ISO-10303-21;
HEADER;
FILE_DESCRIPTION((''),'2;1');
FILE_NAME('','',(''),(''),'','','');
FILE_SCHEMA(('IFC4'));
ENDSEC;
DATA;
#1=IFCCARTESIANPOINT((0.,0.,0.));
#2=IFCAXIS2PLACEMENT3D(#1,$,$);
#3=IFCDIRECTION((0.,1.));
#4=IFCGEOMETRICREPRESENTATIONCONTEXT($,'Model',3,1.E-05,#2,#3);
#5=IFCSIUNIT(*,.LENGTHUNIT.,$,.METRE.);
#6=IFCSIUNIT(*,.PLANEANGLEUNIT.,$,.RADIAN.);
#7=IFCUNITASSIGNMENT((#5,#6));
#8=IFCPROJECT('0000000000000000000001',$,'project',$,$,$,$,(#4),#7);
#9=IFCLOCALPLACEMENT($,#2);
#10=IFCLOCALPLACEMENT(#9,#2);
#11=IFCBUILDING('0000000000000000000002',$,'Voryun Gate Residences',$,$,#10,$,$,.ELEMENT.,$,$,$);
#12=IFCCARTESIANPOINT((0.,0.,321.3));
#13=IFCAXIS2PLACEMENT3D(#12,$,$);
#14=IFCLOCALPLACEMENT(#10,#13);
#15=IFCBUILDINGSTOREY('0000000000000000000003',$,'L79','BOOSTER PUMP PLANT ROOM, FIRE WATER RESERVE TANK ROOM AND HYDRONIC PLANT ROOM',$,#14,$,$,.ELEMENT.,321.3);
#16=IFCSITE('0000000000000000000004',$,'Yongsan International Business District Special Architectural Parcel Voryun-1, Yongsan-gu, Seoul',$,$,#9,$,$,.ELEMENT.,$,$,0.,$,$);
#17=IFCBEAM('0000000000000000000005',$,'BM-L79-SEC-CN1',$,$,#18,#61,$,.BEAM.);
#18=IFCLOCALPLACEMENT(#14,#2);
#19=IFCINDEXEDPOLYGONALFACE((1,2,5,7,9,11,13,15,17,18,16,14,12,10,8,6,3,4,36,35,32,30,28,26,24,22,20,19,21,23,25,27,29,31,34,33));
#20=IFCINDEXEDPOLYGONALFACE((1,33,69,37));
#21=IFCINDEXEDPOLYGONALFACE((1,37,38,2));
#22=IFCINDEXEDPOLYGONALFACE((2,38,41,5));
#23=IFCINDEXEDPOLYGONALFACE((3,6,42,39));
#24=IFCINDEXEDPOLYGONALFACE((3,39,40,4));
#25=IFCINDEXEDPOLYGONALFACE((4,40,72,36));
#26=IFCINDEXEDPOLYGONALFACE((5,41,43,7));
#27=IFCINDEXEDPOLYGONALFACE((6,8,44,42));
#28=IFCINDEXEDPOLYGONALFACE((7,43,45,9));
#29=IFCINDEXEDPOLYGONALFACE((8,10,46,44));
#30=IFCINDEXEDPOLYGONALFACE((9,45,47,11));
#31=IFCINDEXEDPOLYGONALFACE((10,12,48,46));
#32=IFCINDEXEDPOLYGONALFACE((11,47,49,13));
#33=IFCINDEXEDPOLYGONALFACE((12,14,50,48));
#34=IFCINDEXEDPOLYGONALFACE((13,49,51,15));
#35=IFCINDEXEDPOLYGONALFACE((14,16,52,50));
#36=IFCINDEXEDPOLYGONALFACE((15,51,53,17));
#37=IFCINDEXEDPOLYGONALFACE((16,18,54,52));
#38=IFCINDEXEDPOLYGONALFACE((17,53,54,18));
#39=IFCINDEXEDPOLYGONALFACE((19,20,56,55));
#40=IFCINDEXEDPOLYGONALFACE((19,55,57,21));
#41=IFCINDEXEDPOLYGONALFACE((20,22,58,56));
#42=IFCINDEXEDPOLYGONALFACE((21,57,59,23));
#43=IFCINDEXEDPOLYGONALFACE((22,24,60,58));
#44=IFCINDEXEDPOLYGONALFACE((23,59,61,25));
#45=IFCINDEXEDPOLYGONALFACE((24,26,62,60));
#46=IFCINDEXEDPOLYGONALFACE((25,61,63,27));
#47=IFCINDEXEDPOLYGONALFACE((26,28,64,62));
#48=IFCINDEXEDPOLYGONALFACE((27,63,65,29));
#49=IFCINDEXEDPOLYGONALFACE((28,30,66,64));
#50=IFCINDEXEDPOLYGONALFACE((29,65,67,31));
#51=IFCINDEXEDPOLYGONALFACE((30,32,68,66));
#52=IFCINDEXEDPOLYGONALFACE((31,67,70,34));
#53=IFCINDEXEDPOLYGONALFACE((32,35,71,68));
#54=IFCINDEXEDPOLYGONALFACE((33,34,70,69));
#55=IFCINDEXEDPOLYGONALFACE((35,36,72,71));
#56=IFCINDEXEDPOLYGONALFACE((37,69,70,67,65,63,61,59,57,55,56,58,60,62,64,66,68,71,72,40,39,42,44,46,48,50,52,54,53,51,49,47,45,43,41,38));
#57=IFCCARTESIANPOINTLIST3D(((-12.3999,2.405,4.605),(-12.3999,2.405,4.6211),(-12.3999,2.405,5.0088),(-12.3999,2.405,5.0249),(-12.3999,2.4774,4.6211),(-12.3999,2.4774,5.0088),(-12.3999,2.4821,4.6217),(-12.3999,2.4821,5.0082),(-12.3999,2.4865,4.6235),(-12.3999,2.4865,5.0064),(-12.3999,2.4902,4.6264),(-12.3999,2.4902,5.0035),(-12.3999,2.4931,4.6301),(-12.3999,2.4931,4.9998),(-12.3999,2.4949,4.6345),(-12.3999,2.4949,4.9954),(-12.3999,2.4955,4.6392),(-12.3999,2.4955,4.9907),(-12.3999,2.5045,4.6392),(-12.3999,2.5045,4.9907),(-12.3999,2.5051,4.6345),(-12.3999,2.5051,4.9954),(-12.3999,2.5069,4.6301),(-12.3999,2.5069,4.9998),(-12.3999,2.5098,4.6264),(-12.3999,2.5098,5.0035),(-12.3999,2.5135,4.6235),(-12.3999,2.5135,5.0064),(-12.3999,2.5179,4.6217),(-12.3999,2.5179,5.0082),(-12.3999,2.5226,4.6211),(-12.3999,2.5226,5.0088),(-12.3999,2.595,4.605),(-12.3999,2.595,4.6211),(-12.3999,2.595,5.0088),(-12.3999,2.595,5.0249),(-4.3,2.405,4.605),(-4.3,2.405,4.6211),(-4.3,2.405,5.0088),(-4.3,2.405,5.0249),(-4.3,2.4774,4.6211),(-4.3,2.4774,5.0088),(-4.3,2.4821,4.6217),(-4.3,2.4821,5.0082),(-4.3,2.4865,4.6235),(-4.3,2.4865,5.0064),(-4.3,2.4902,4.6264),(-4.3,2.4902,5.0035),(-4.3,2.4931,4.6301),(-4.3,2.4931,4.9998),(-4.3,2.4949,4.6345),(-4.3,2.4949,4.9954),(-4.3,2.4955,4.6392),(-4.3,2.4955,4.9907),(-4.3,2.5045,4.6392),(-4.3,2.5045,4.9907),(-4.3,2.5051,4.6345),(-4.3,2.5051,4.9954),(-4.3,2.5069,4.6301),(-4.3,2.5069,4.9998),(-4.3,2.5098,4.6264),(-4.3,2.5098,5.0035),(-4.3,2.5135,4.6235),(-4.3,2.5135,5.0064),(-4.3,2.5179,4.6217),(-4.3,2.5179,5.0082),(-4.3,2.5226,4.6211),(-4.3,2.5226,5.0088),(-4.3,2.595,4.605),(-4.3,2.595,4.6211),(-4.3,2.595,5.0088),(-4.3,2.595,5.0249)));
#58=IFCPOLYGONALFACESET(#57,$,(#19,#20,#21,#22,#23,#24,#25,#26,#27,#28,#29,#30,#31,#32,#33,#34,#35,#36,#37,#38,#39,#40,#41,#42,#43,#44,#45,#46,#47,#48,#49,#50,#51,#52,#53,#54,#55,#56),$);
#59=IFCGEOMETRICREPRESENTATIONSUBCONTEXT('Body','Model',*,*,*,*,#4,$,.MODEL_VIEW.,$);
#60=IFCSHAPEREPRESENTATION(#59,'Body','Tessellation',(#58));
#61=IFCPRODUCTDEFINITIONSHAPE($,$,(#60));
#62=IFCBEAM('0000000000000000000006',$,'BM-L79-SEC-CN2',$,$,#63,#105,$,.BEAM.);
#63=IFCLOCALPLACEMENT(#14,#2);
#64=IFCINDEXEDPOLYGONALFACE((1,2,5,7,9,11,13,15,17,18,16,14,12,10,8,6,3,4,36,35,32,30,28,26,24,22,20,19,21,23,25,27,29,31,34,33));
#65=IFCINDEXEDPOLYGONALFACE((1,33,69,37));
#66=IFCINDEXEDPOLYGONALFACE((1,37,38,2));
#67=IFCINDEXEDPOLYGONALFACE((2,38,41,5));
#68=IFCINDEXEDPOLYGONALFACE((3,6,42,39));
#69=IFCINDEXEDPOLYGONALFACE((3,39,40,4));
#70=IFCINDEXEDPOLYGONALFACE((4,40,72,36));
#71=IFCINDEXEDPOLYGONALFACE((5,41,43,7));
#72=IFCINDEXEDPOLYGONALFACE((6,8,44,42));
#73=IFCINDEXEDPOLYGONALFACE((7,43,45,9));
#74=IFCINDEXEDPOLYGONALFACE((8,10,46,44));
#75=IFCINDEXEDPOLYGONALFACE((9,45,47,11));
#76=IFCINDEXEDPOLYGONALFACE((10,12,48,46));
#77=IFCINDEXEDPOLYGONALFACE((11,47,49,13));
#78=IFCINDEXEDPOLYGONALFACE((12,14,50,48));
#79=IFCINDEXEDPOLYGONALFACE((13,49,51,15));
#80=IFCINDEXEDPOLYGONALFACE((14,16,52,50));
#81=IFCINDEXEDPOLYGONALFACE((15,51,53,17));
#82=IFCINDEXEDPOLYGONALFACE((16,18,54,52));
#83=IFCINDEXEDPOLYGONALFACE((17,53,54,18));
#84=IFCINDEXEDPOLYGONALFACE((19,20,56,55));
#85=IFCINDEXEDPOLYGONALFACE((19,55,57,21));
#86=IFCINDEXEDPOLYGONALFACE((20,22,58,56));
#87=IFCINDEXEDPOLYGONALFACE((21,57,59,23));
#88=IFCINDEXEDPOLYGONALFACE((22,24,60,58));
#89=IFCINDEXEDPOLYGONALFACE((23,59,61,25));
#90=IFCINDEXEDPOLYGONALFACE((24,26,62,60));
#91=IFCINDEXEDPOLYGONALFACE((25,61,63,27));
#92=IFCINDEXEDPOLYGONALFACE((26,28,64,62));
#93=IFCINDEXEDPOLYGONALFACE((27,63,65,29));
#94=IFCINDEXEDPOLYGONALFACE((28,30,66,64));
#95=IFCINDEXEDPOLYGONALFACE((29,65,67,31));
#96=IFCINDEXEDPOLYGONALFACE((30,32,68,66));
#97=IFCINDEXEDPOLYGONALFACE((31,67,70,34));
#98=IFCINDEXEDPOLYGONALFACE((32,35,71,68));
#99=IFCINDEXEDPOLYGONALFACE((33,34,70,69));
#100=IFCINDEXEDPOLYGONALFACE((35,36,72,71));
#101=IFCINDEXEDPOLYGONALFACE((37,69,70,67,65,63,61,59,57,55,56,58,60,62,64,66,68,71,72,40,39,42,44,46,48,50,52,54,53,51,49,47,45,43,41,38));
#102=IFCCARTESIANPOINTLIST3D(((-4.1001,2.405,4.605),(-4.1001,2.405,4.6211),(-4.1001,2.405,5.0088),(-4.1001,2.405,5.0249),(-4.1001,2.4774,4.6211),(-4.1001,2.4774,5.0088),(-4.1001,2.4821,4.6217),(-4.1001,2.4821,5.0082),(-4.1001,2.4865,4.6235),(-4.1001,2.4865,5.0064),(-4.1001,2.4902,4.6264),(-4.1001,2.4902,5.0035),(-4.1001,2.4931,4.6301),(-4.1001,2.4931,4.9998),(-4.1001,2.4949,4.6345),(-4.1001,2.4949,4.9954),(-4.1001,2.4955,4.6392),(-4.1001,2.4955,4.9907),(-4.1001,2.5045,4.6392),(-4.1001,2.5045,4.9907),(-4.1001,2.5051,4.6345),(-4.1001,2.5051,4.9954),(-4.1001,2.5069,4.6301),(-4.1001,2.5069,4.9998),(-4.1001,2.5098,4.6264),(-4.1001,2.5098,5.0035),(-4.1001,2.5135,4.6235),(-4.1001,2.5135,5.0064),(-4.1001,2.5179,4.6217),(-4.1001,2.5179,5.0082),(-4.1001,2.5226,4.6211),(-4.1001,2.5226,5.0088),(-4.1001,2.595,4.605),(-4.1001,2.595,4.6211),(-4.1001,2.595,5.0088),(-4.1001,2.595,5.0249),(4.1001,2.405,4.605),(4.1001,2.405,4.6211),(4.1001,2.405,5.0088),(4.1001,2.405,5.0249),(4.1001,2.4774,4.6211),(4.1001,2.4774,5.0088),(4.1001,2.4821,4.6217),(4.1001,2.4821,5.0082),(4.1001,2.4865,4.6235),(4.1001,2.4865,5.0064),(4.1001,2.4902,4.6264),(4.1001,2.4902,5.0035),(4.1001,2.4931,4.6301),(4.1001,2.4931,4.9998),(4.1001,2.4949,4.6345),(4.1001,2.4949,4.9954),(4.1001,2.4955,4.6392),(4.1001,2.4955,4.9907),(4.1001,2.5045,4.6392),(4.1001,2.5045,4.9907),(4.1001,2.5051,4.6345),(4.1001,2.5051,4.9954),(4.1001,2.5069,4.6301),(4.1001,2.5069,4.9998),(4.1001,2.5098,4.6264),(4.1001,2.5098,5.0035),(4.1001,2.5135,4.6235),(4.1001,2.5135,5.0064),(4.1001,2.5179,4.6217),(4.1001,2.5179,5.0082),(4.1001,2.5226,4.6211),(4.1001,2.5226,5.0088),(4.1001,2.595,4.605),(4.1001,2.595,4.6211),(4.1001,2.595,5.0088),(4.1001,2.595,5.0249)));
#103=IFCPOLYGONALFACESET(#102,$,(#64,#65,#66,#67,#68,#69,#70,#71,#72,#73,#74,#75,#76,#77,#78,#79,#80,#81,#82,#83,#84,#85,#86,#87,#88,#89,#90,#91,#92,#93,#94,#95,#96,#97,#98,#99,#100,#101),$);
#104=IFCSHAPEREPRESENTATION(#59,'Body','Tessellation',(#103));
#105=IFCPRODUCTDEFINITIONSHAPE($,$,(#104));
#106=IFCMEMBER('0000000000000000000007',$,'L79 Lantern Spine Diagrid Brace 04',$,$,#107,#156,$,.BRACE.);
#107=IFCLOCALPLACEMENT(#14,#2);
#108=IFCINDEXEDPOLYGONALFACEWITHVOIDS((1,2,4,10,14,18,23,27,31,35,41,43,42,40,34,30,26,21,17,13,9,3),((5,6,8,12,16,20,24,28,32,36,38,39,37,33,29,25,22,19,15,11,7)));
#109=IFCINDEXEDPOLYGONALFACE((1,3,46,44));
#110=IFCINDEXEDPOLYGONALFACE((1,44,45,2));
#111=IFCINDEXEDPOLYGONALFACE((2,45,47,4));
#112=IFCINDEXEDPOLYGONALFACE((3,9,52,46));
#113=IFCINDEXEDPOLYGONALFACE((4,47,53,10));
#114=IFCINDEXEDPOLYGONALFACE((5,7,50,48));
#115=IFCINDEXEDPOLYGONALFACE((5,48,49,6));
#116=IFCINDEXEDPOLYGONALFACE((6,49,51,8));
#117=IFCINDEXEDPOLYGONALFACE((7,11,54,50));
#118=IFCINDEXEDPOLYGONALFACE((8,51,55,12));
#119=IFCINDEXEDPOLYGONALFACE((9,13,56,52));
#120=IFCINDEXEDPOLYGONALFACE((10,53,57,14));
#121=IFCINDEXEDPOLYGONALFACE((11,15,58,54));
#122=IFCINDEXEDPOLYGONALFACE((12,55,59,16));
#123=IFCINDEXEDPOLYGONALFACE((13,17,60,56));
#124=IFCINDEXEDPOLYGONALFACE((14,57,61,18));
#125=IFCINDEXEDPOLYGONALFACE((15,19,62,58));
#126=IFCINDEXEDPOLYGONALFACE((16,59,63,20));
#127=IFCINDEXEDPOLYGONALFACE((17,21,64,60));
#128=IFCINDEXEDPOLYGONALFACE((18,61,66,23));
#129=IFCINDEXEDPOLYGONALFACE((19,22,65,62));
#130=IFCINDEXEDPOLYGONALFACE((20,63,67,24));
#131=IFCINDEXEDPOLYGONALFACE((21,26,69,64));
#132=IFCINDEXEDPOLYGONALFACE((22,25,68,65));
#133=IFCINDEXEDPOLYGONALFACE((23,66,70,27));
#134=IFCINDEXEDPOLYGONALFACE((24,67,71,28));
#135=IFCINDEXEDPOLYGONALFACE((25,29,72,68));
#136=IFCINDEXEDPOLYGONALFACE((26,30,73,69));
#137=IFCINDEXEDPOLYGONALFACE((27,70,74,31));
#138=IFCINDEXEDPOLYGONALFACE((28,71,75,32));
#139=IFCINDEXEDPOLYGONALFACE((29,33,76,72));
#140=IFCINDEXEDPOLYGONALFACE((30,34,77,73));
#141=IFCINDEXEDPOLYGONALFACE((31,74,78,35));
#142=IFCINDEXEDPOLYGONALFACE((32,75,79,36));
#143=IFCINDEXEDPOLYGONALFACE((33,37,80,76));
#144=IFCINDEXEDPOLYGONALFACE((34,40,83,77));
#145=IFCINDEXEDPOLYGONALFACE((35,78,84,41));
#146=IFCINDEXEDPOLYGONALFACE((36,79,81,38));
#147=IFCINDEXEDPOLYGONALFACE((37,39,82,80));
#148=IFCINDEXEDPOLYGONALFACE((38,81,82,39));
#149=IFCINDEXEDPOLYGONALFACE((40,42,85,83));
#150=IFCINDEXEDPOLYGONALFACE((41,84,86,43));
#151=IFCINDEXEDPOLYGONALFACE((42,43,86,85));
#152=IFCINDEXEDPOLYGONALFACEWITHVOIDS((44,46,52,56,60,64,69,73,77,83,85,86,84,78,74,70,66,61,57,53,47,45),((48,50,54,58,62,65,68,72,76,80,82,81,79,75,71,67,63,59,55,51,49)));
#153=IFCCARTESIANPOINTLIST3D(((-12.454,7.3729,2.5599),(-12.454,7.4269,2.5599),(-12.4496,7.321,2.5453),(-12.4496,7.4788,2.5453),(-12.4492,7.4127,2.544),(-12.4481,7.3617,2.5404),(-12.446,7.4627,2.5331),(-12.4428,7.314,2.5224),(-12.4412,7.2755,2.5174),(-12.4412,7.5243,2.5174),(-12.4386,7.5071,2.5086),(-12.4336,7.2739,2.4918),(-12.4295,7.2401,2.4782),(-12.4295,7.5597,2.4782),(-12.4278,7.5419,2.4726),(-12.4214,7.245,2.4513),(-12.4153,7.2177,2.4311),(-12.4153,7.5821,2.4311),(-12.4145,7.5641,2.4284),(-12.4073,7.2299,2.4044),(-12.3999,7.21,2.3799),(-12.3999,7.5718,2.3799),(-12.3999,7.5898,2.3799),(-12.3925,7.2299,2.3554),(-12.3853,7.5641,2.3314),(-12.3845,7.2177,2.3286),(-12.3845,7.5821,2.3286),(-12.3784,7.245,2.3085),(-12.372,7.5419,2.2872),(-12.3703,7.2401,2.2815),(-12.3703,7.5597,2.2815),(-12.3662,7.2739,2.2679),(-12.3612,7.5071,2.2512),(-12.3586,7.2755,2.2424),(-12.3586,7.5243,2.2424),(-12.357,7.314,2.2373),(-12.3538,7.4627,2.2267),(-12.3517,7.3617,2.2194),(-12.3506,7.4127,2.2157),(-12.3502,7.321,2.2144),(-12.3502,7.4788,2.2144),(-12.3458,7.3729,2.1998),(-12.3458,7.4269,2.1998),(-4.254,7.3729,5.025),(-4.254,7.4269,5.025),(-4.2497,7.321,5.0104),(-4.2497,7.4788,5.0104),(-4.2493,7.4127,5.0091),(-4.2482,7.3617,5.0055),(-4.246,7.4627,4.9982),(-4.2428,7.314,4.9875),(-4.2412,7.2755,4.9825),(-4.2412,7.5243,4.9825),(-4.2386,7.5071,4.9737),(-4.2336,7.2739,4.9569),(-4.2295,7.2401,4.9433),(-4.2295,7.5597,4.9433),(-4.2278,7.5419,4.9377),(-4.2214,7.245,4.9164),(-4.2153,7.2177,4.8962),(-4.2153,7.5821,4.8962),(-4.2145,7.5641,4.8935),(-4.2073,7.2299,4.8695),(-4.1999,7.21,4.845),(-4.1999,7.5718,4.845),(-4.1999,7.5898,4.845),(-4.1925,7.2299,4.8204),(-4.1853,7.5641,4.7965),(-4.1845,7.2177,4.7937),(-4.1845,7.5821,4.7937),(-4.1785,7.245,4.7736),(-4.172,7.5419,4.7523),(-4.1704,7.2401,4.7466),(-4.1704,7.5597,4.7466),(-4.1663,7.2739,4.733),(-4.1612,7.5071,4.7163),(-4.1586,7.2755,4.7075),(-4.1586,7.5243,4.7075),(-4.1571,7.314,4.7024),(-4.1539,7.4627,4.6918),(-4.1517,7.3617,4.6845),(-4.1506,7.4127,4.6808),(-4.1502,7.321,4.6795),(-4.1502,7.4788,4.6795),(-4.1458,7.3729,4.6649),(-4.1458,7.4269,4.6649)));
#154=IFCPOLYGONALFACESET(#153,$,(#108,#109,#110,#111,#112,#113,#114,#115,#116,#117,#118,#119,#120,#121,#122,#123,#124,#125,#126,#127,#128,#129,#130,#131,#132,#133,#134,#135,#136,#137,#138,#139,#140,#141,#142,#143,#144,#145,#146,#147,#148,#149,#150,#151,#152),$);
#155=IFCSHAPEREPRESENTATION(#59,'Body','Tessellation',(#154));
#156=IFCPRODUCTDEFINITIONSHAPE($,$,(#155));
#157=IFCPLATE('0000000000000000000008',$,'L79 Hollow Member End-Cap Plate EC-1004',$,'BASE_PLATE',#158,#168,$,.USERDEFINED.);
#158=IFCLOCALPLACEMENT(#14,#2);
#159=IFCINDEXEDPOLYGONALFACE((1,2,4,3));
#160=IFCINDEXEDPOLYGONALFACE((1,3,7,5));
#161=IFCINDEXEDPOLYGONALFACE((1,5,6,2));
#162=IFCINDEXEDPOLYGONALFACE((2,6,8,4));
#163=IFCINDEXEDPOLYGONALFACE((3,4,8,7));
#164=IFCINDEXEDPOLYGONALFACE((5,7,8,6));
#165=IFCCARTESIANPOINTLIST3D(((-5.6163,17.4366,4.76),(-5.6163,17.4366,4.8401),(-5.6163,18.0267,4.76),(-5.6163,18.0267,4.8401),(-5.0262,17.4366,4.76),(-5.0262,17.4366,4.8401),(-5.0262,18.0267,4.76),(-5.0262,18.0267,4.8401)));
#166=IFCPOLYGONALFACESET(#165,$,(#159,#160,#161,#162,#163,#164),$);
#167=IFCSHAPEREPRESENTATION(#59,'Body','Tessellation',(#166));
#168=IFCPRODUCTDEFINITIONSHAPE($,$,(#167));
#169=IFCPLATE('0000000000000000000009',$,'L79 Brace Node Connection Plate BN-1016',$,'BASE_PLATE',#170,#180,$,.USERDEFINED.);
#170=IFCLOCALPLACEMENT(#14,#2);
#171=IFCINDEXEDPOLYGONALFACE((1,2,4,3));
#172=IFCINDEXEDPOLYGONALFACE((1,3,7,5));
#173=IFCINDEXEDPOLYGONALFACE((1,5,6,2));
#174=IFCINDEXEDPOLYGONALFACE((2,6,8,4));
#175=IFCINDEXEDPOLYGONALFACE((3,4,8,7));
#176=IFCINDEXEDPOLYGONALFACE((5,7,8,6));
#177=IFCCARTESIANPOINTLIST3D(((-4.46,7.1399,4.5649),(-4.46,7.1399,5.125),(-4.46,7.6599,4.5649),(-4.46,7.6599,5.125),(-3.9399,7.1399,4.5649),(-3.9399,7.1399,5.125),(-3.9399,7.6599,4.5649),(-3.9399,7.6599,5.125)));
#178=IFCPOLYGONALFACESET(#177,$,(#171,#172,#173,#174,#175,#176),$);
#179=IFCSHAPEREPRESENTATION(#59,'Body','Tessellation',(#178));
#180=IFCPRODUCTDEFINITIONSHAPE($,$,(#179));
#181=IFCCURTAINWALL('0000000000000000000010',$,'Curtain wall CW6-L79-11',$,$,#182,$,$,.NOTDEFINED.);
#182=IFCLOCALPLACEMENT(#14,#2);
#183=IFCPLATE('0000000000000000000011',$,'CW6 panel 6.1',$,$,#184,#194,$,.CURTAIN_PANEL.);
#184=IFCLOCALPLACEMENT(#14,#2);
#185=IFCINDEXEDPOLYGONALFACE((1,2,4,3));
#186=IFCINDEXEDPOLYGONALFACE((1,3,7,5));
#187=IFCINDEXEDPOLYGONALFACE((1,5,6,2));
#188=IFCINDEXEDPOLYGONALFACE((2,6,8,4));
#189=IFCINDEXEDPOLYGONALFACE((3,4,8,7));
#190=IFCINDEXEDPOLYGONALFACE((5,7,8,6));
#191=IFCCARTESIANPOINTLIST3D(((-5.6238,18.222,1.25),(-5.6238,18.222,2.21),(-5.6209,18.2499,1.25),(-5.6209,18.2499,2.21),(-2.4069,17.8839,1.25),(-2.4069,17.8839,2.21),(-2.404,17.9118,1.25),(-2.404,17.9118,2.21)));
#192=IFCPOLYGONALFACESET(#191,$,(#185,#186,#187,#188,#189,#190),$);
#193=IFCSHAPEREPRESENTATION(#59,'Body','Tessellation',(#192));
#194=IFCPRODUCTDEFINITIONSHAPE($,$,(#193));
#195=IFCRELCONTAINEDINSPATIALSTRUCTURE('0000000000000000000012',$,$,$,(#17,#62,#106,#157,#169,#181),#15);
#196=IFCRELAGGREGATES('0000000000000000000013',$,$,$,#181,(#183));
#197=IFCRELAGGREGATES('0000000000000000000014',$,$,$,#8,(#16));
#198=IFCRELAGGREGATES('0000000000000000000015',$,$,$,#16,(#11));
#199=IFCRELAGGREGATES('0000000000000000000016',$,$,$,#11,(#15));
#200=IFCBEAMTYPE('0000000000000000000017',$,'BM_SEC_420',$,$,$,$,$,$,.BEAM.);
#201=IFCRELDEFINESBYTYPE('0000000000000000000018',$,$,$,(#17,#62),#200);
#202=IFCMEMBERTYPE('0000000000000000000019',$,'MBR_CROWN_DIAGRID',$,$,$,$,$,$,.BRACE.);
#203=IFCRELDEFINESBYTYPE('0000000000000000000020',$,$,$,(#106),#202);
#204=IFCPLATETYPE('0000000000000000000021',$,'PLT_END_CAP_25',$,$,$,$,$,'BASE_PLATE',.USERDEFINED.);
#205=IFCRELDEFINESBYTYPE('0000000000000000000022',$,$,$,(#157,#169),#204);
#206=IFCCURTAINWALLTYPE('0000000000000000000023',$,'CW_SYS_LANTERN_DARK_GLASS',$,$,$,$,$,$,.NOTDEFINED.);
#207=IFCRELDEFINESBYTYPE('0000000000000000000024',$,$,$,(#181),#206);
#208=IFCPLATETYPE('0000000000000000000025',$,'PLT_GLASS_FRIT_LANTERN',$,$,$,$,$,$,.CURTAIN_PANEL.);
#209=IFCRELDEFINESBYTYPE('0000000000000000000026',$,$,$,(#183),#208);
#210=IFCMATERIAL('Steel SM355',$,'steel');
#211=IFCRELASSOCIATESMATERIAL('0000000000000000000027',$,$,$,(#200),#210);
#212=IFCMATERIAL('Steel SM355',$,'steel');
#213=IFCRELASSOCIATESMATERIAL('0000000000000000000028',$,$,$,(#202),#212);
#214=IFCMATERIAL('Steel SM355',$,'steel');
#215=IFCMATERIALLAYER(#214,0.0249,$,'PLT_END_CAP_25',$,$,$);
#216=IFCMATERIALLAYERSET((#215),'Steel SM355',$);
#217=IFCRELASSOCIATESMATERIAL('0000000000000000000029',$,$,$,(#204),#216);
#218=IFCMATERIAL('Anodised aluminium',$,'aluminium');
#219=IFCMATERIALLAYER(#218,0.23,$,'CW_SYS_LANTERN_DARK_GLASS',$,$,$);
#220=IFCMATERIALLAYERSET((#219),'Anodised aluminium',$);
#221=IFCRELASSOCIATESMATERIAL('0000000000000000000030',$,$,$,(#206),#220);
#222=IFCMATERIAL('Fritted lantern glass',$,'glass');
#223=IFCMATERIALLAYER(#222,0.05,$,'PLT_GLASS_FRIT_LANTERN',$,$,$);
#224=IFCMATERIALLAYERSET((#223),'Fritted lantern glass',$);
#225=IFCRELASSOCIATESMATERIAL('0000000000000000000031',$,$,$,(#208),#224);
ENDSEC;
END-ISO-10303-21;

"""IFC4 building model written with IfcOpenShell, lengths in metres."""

from ifc_helpers import new_model, si_unit, direction, frame, origin, origin_2d, place, context, subcontext, project, spatial, rectangle, hollow_circle, i_section, extrude, material, layer, layer_set, material_profile, profile_set, type_object, element, aggregate, save


model = new_model("IFC4")

# Units and contexts
model_context = context("Model", 3, precision=1e-05, world=origin(), true_north=direction((0.0, 1.0)))
body_context = subcontext(model_context, "Body", "Model", "MODEL_VIEW")
ifc_project = project(units=[si_unit("LENGTHUNIT", "METRE"), si_unit("PLANEANGLEUNIT", "RADIAN")], contexts=[model_context])

# Site, building, storey
site_placement = place(None, origin())
site = spatial("IfcSite", under=ifc_project, at=site_placement, Name="Yongsan International Business District Special Architectural Parcel Voryun-1, Yongsan-gu, Seoul", CompositionType="ELEMENT", RefElevation=0.0)
building_placement = place(site_placement, origin())
building = spatial("IfcBuilding", under=site, at=building_placement, Name="Voryun Gate Residences", CompositionType="ELEMENT")
storey_placement = place(building_placement, frame((0.0, 0.0, 321.3)))
storey = spatial("IfcBuildingStorey", under=building, at=storey_placement, Name="L79", Description="BOOSTER PUMP PLANT ROOM, FIRE WATER RESERVE TANK ROOM AND HYDRONIC PLANT ROOM", CompositionType="ELEMENT", Elevation=321.3)

# Beams
ifc_material_1 = material(Name="Steel SM355", Category="steel")
ifc_material_profile_1 = material_profile(ifc_material_1, i_section(OverallWidth=0.1899, OverallDepth=0.4199, WebThickness=0.009, FlangeThickness=0.0161, FilletRadius=0.0181, at=origin_2d()), Name="H-420x190x9x16")
ifc_profile_set_1 = profile_set([ifc_material_profile_1], Name="Steel SM355")
beam_type_1 = type_object("IfcBeamType", Name="BM_SEC_420", PredefinedType="BEAM", material=ifc_profile_set_1)
beam_1_placement = place(storey_placement, frame((-12.3999, 2.5, 4.8149), z_axis=(1.0, 0.0, 0.0), x_axis=(0.0, 1.0, 0.0)))
element("IfcBeam", 1, at=beam_1_placement, inside=storey, type_object=beam_type_1, Name="BM-L79-SEC-CN1", PredefinedType="BEAM", context=body_context, shape_type="SweptSolid", body=[
    extrude(i_section(OverallWidth=0.1899, OverallDepth=0.4199, WebThickness=0.009, FlangeThickness=0.0161, FilletRadius=0.0181, at=origin_2d()), origin(), (0.0, 0.0, 1.0), 8.0999),
])
beam_2_placement = place(storey_placement, frame((-4.1001, 2.5, 4.8149), z_axis=(1.0, 0.0, 0.0), x_axis=(0.0, 1.0, 0.0)))
element("IfcBeam", 2, at=beam_2_placement, inside=storey, type_object=beam_type_1, Name="BM-L79-SEC-CN2", PredefinedType="BEAM", context=body_context, shape_type="SweptSolid", body=[
    extrude(i_section(OverallWidth=0.1899, OverallDepth=0.4199, WebThickness=0.009, FlangeThickness=0.0161, FilletRadius=0.0181, at=origin_2d()), origin(), (0.0, 0.0, 1.0), 8.2002),
])

# Member
ifc_material_2 = material(Name="Steel SM355", Category="steel")
ifc_material_profile_2 = material_profile(ifc_material_2, hollow_circle(Radius=0.1899, WallThickness=0.0181, at=origin_2d()), Name="CHS-380x18")
ifc_profile_set_2 = profile_set([ifc_material_profile_2], Name="Steel SM355")
member_type = type_object("IfcMemberType", Name="MBR_CROWN_DIAGRID", PredefinedType="BRACE", material=ifc_profile_set_2)
member_placement = place(storey_placement, frame((-12.3999, 7.3999, 2.3799), z_axis=(0.957662, 0.0, 0.287895), x_axis=(0.0, 1.0, 0.0)))
element("IfcMember", 3, at=member_placement, inside=storey, type_object=member_type, Name="L79 Lantern Spine Diagrid Brace 04", PredefinedType="BRACE", context=body_context, shape_type="SweptSolid", body=[
    extrude(hollow_circle(Radius=0.1899, WallThickness=0.0181, at=origin_2d()), origin(), (0.0, 0.0, 1.0), 8.5625),
])

# Plates
ifc_material_3 = material(Name="Steel SM355", Category="steel")
ifc_layer_1 = layer(ifc_material_3, 0.0249, Name="PLT_END_CAP_25")
ifc_layer_set_1 = layer_set([ifc_layer_1], Name="Steel SM355")
plate_type_1 = type_object("IfcPlateType", Name="PLT_END_CAP_25", ElementType="BASE_PLATE", PredefinedType="USERDEFINED", material=ifc_layer_set_1)
plate_1_placement = place(storey_placement, frame((-5.3213, 17.7317, 4.76), z_axis=(0.0, 0.0, 1.0), x_axis=(1.0, 0.0, 0.0)))
element("IfcPlate", 4, at=plate_1_placement, inside=storey, type_object=plate_type_1, Name="L79 Hollow Member End-Cap Plate EC-1004", ObjectType="BASE_PLATE", PredefinedType="USERDEFINED", context=body_context, shape_type="SweptSolid", body=[
    extrude(rectangle(XDim=0.5901, YDim=0.5901, at=origin_2d()), origin(), (0.0, 0.0, 1.0), 0.0801),
])
plate_2_placement = place(storey_placement, frame((-4.2, 7.3999, 4.5649), z_axis=(0.0, 0.0, 1.0), x_axis=(1.0, 0.0, 0.0)))
element("IfcPlate", 5, at=plate_2_placement, inside=storey, type_object=plate_type_1, Name="L79 Brace Node Connection Plate BN-1016", ObjectType="BASE_PLATE", PredefinedType="USERDEFINED", context=body_context, shape_type="SweptSolid", body=[
    extrude(rectangle(XDim=0.52, YDim=0.52, at=origin_2d()), origin(), (0.0, 0.0, 1.0), 0.5601),
])

# Curtain wall, plate
ifc_material_4 = material(Name="Anodised aluminium", Category="aluminium")
ifc_layer_2 = layer(ifc_material_4, 0.23, Name="CW_SYS_LANTERN_DARK_GLASS")
ifc_layer_set_2 = layer_set([ifc_layer_2], Name="Anodised aluminium")
curtain_wall_type = type_object("IfcCurtainWallType", Name="CW_SYS_LANTERN_DARK_GLASS", PredefinedType="NOTDEFINED", material=ifc_layer_set_2)
curtain_wall_placement = place(storey_placement, origin())
curtain_wall = element("IfcCurtainWall", 6, at=curtain_wall_placement, inside=storey, type_object=curtain_wall_type, Name="Curtain wall CW6-L79-11", PredefinedType="NOTDEFINED")
ifc_material_5 = material(Name="Fritted lantern glass", Category="glass")
ifc_layer_3 = layer(ifc_material_5, 0.05, Name="PLT_GLASS_FRIT_LANTERN")
ifc_layer_set_3 = layer_set([ifc_layer_3], Name="Fritted lantern glass")
plate_type_2 = type_object("IfcPlateType", Name="PLT_GLASS_FRIT_LANTERN", PredefinedType="CURTAIN_PANEL", material=ifc_layer_set_3)
plate_3_placement = place(storey_placement, frame((-4.0139, 18.0669, 1.25), z_axis=(0.0, 0.0, 1.0), x_axis=(0.994522, -0.104528, 0.0)))
plate_3 = element("IfcPlate", 7, at=plate_3_placement, type_object=plate_type_2, Name="CW6 panel 6.1", PredefinedType="CURTAIN_PANEL", context=body_context, shape_type="SweptSolid", body=[
    extrude(rectangle(XDim=3.2346, YDim=0.0281, at=origin_2d()), origin(), (0.0, 0.0, 1.0), 0.96),
])
aggregate(curtain_wall, [plate_3])

save(model, "model.ifc")
